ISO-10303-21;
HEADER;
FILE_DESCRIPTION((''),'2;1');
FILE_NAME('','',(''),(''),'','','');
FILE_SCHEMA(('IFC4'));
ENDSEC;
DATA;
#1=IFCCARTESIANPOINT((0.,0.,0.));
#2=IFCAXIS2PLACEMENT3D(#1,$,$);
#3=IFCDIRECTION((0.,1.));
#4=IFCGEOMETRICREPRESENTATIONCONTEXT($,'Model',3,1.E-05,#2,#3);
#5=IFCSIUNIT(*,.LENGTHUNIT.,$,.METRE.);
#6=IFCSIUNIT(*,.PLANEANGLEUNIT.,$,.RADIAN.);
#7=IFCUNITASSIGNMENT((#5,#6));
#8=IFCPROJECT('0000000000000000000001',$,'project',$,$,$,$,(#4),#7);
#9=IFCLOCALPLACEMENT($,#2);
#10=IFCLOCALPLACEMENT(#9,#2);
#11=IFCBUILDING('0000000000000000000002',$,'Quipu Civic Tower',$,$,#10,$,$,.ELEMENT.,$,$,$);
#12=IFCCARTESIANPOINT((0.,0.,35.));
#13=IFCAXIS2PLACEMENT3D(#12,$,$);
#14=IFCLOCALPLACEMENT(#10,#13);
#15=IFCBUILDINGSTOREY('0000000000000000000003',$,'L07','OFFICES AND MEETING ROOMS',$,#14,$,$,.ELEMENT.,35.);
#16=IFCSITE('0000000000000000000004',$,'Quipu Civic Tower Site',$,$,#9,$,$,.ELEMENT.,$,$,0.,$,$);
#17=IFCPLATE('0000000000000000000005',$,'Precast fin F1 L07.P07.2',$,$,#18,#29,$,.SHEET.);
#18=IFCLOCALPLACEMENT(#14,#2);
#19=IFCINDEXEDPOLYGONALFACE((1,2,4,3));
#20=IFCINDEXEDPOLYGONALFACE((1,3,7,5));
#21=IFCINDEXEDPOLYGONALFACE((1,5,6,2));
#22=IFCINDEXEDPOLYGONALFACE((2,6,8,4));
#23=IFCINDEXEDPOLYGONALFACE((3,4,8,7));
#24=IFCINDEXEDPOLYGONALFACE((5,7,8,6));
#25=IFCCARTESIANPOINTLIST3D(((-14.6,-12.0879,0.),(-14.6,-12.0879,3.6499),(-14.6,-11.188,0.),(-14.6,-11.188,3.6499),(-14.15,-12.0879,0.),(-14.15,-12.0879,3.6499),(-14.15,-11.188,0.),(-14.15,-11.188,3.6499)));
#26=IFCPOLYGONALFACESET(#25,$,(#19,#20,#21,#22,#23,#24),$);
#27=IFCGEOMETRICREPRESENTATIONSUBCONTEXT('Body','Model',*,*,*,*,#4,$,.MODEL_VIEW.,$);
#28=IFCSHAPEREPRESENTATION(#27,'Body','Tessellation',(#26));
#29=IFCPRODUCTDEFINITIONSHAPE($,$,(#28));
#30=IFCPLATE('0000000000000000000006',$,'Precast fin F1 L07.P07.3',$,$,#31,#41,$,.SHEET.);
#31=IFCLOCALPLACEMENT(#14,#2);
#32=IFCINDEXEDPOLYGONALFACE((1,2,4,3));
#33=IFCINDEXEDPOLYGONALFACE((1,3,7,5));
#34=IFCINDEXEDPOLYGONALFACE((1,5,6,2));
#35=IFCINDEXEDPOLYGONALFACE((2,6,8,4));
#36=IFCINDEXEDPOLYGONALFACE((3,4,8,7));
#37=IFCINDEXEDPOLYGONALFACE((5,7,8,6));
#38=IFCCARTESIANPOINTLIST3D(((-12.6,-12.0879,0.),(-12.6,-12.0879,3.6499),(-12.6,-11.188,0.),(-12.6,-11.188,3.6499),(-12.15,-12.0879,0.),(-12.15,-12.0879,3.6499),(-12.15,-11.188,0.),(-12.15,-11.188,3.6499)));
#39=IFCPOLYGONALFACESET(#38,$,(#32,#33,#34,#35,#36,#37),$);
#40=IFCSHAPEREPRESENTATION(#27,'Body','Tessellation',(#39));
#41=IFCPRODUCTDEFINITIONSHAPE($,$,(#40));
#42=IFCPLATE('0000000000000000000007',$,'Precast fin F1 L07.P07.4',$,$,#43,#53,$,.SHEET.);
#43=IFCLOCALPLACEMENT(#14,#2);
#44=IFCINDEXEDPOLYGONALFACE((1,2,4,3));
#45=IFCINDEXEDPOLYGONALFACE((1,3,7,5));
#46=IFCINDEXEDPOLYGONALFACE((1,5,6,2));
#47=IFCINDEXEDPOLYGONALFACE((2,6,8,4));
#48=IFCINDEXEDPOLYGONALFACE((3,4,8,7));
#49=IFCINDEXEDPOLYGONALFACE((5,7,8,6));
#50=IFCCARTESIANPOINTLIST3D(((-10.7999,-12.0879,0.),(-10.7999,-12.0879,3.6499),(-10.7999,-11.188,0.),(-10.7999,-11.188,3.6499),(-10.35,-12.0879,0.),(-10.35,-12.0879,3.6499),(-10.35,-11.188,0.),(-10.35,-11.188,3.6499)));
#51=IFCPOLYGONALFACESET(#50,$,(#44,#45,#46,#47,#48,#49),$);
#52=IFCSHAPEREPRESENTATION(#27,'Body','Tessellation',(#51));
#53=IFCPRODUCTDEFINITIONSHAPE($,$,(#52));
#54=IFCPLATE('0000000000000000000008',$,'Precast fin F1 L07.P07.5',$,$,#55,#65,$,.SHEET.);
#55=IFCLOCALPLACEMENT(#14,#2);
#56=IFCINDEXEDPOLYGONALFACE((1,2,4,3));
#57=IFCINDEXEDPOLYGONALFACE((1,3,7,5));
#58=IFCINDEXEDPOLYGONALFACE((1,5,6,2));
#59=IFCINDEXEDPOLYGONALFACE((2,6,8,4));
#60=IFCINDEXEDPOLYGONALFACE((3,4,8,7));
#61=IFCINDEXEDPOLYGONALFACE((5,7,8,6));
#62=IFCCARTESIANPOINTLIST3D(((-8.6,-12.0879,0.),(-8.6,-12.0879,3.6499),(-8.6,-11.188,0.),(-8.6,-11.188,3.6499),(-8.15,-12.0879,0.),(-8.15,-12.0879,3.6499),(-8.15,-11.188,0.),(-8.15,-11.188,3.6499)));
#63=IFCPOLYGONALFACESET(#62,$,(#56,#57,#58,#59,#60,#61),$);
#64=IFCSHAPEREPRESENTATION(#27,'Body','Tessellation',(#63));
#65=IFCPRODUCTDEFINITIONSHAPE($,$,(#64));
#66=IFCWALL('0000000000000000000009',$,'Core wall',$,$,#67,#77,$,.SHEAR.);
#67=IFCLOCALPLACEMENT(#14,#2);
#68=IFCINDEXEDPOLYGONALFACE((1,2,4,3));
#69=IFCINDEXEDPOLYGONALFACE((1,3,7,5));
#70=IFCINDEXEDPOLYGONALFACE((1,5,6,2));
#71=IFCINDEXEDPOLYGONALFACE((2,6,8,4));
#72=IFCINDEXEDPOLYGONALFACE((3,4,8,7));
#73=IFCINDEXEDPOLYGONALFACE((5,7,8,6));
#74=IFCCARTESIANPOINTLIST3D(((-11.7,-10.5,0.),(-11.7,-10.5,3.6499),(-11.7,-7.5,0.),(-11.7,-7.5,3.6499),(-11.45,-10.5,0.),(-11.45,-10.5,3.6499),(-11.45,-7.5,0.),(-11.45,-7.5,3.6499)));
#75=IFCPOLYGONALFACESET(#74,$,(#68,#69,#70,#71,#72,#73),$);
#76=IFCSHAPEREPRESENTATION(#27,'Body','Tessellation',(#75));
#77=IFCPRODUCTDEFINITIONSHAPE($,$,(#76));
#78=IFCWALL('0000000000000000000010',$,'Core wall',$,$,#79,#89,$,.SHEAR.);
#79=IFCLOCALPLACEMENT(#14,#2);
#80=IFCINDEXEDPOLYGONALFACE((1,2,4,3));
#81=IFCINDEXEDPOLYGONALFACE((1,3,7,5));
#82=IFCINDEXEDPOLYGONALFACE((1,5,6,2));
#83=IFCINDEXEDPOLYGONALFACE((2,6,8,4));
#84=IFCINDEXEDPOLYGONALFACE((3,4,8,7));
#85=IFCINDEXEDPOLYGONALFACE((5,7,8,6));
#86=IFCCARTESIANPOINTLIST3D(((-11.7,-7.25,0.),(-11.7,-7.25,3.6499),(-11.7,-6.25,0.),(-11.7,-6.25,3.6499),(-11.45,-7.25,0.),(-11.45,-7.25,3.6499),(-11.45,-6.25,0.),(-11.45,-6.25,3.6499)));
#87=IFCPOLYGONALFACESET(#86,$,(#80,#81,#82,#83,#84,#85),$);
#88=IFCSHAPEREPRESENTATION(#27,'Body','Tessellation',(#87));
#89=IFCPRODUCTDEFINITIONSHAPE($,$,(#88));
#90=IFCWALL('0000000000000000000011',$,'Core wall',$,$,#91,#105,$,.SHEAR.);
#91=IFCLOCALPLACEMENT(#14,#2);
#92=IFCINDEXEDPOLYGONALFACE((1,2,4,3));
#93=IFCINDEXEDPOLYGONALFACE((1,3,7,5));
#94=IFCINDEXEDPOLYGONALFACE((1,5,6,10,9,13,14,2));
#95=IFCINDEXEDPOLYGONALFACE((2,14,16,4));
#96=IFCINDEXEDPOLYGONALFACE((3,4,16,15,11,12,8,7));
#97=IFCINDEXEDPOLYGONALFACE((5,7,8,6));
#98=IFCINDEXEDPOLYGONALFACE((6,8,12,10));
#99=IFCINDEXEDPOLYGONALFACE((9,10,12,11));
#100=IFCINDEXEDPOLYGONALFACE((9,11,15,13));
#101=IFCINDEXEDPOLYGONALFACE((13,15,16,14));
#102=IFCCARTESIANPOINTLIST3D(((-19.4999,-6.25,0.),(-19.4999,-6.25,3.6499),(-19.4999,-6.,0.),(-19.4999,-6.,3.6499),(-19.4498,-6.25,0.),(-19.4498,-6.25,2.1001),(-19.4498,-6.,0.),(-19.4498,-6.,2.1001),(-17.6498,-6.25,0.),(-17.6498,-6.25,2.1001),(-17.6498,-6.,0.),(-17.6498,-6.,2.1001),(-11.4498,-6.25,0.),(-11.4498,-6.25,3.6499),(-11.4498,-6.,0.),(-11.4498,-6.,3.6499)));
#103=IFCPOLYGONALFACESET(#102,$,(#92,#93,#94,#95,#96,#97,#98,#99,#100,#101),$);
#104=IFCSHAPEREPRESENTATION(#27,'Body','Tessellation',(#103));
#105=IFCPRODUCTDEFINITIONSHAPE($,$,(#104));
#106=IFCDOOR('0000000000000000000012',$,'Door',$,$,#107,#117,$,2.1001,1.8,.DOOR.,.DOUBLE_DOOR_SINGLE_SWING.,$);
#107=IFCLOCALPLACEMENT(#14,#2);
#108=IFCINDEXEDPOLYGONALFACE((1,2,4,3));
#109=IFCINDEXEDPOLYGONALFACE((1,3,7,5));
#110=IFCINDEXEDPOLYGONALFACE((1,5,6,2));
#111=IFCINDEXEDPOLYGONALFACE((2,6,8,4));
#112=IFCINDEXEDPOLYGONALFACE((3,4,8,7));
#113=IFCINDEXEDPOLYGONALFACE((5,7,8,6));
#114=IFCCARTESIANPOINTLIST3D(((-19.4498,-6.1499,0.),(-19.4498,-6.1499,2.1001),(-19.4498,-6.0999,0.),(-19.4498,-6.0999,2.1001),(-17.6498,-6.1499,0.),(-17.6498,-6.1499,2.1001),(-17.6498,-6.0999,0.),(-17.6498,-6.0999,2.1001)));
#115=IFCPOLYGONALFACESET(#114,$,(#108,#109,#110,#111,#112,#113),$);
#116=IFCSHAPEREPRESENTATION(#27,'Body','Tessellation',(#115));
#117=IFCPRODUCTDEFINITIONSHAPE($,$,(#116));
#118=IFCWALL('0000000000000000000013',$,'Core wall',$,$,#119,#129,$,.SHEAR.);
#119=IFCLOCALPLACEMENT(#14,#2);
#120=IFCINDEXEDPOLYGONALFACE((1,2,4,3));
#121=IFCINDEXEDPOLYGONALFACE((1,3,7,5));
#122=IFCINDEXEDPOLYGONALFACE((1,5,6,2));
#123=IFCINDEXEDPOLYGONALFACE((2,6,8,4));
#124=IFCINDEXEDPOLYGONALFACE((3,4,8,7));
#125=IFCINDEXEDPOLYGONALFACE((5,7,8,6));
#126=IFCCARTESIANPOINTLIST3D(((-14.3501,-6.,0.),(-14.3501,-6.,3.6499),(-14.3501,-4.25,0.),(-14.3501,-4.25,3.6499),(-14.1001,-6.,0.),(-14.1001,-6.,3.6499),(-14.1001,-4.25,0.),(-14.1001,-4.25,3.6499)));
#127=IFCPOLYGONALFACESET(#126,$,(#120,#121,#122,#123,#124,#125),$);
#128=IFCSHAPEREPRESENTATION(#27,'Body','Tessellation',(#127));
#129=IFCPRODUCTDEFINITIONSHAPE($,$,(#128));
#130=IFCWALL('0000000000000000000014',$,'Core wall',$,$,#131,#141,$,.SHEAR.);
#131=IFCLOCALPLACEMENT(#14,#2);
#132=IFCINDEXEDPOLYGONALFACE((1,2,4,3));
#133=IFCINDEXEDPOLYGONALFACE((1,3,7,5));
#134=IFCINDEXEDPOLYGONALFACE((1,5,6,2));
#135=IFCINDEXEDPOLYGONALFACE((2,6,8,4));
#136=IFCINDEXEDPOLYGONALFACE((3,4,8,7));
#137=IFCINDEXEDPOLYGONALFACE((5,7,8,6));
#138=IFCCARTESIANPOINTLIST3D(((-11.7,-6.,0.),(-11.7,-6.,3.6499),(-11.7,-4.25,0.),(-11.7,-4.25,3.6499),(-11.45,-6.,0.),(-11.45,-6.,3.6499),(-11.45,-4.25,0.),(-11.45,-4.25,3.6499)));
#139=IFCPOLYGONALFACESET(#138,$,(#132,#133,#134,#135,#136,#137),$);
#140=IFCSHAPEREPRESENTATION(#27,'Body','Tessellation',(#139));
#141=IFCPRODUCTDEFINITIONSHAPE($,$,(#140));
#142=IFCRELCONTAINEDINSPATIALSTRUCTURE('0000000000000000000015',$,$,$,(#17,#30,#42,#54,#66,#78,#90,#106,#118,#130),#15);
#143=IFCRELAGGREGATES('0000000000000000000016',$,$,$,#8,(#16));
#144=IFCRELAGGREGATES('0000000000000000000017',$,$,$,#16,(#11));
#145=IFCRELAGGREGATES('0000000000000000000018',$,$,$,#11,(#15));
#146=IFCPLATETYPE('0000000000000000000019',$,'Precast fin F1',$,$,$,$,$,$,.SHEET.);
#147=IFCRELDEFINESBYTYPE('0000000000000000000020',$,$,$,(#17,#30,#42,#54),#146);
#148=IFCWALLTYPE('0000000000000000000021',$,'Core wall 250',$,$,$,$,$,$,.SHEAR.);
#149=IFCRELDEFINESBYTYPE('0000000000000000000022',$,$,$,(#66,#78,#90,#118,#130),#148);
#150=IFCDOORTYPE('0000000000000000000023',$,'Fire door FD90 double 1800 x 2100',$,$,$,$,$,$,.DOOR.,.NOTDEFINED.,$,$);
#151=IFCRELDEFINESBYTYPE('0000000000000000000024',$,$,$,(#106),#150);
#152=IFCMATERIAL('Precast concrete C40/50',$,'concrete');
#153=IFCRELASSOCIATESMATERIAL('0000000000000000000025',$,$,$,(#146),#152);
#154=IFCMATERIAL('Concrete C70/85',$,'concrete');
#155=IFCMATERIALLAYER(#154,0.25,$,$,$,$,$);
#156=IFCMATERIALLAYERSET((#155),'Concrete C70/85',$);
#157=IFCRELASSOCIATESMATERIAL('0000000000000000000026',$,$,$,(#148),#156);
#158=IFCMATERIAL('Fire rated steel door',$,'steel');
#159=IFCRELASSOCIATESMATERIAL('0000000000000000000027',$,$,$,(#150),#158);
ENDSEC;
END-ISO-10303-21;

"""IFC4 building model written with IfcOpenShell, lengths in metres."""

from ifc_helpers import new_model, si_unit, direction, frame, frame_2d, origin, origin_2d, place, context, subcontext, project, spatial, rectangle, extrude, material, layer, layer_set, type_object, element, fill, save


model = new_model("IFC4")

# Units and contexts
model_context = context("Model", 3, precision=1e-05, world=origin(), true_north=direction((0.0, 1.0)))
body_context = subcontext(model_context, "Body", "Model", "MODEL_VIEW")
ifc_project = project(units=[si_unit("LENGTHUNIT", "METRE"), si_unit("PLANEANGLEUNIT", "RADIAN")], contexts=[model_context])

# Site, building, storey
site_placement = place(None, origin())
site = spatial("IfcSite", under=ifc_project, at=site_placement, Name="Quipu Civic Tower Site", CompositionType="ELEMENT", RefElevation=0.0)
building_placement = place(site_placement, origin())
building = spatial("IfcBuilding", under=site, at=building_placement, Name="Quipu Civic Tower", CompositionType="ELEMENT")
storey_placement = place(building_placement, frame((0.0, 0.0, 35.0)))
storey = spatial("IfcBuildingStorey", under=building, at=storey_placement, Name="L07", Description="OFFICES AND MEETING ROOMS", CompositionType="ELEMENT", Elevation=35.0)

# Plates
ifc_material_1 = material(Name="Precast concrete C40/50", Category="concrete")
plate_type = type_object("IfcPlateType", Name="Precast fin F1", PredefinedType="SHEET", material=ifc_material_1)
for number, where, z_axis, x_axis, name in (
    (1, (-14.375, -11.6379, 0.0), (0.0, 0.0, 1.0), (1.0, 0.0, 0.0), "Precast fin F1 L07.P07.2"),
    (2, (-12.375, -11.6379, 0.0), (0.0, 0.0, 1.0), (1.0, 0.0, 0.0), "Precast fin F1 L07.P07.3"),
    (3, (-10.575, -11.6379, 0.0), (0.0, 0.0, 1.0), (1.0, 0.0, 0.0), "Precast fin F1 L07.P07.4"),
    (4, (-8.375, -11.6379, 0.0), (0.0, 0.0, 1.0), (1.0, 0.0, 0.0), "Precast fin F1 L07.P07.5"),
):
    element("IfcPlate", number, at=place(storey_placement, frame(where, z_axis=z_axis, x_axis=x_axis)), inside=storey, type_object=plate_type, Name=name, PredefinedType="SHEET", context=body_context, shape_type="SweptSolid", body=[
        extrude(rectangle(XDim=0.45, YDim=0.8999, at=origin_2d()), origin(), (0.0, 0.0, 1.0), 3.6499),
    ])

# Walls
ifc_material_2 = material(Name="Concrete C70/85", Category="concrete")
ifc_layer_1 = layer(ifc_material_2, 0.25)
ifc_layer_set_1 = layer_set([ifc_layer_1], Name="Concrete C70/85")
wall_type_1 = type_object("IfcWallType", Name="Core wall 250", PredefinedType="SHEAR", material=ifc_layer_set_1)
wall_1_placement = place(storey_placement, frame((-11.575, -10.5, 0.0), z_axis=(0.0, 0.0, 1.0), x_axis=(0.0, 1.0, 0.0)))
element("IfcWall", 5, at=wall_1_placement, inside=storey, type_object=wall_type_1, Name="Core wall", PredefinedType="SHEAR", context=body_context, shape_type="SweptSolid", body=[
    extrude(rectangle(XDim=3.0, YDim=0.25, at=frame_2d((1.5, 0.0))), origin(), (0.0, 0.0, 1.0), 3.6499),
])
wall_2_placement = place(storey_placement, frame((-11.575, -7.25, 0.0), z_axis=(0.0, 0.0, 1.0), x_axis=(0.0, 1.0, 0.0)))
element("IfcWall", 6, at=wall_2_placement, inside=storey, type_object=wall_type_1, Name="Core wall", PredefinedType="SHEAR", context=body_context, shape_type="SweptSolid", body=[
    extrude(rectangle(XDim=1.0, YDim=0.25, at=frame_2d((0.5, 0.0))), origin(), (0.0, 0.0, 1.0), 3.6499),
])

# Wall, opening, door
wall_3_placement = place(storey_placement, frame((-11.45, -6.125, 0.0), z_axis=(0.0, 0.0, 1.0), x_axis=(-1.0, 0.0, 0.0)))
wall_3 = element("IfcWall", 7, at=wall_3_placement, inside=storey, type_object=wall_type_1, Name="Core wall", PredefinedType="SHEAR", context=body_context, shape_type="SweptSolid", body=[
    extrude(rectangle(XDim=8.05, YDim=0.25, at=frame_2d((4.0249, 0.0))), origin(), (0.0, 0.0, 1.0), 3.6499),
])
opening_1_placement = place(wall_3_placement, frame((6.2, 0.0, 0.0)))
opening_1 = element("IfcOpeningElement", 8, at=opening_1_placement, cuts=wall_3, PredefinedType="OPENING", context=body_context, shape_type="SweptSolid", body=[
    extrude(rectangle(XDim=1.8, YDim=2.1001, at=frame_2d((0.8999, 1.05))), frame((0.0, 0.135, 0.0), z_axis=(0.0, -1.0, 0.0), x_axis=(1.0, 0.0, 0.0)), (0.0, 0.0, 1.0), 0.27),
])
ifc_material_3 = material(Name="Fire rated steel door", Category="steel")
door_type_1 = type_object("IfcDoorType", Name="Fire door FD90 double 1800 x 2100", OperationType="NOTDEFINED", PredefinedType="DOOR", material=ifc_material_3)
door_1_placement = place(opening_1_placement, origin())
door_1 = element("IfcDoor", 9, at=door_1_placement, inside=storey, type_object=door_type_1, Name="Door", OperationType="DOUBLE_DOOR_SINGLE_SWING", OverallHeight=2.1001, OverallWidth=1.8, PredefinedType="DOOR", context=body_context, shape_type="SweptSolid", body=[
    extrude(rectangle(XDim=1.8, YDim=2.1001, at=frame_2d((0.8999, 1.05))), frame((0.0, 0.0249, 0.0), z_axis=(0.0, -1.0, 0.0), x_axis=(1.0, 0.0, 0.0)), (0.0, 0.0, 1.0), 0.05),
])
fill(opening_1, door_1)

# Walls
for number, where, z_axis, x_axis, name in (
    (10, (-14.2251, -6.0, 0.0), (0.0, 0.0, 1.0), (0.0, 1.0, 0.0), "Core wall"),
    (11, (-11.575, -6.0, 0.0), (0.0, 0.0, 1.0), (0.0, 1.0, 0.0), "Core wall"),
):
    element("IfcWall", number, at=place(storey_placement, frame(where, z_axis=z_axis, x_axis=x_axis)), inside=storey, type_object=wall_type_1, Name=name, PredefinedType="SHEAR", context=body_context, shape_type="SweptSolid", body=[
        extrude(rectangle(XDim=1.75, YDim=0.25, at=frame_2d((0.875, 0.0))), origin(), (0.0, 0.0, 1.0), 3.6499),
    ])

save(model, "model.ifc")
